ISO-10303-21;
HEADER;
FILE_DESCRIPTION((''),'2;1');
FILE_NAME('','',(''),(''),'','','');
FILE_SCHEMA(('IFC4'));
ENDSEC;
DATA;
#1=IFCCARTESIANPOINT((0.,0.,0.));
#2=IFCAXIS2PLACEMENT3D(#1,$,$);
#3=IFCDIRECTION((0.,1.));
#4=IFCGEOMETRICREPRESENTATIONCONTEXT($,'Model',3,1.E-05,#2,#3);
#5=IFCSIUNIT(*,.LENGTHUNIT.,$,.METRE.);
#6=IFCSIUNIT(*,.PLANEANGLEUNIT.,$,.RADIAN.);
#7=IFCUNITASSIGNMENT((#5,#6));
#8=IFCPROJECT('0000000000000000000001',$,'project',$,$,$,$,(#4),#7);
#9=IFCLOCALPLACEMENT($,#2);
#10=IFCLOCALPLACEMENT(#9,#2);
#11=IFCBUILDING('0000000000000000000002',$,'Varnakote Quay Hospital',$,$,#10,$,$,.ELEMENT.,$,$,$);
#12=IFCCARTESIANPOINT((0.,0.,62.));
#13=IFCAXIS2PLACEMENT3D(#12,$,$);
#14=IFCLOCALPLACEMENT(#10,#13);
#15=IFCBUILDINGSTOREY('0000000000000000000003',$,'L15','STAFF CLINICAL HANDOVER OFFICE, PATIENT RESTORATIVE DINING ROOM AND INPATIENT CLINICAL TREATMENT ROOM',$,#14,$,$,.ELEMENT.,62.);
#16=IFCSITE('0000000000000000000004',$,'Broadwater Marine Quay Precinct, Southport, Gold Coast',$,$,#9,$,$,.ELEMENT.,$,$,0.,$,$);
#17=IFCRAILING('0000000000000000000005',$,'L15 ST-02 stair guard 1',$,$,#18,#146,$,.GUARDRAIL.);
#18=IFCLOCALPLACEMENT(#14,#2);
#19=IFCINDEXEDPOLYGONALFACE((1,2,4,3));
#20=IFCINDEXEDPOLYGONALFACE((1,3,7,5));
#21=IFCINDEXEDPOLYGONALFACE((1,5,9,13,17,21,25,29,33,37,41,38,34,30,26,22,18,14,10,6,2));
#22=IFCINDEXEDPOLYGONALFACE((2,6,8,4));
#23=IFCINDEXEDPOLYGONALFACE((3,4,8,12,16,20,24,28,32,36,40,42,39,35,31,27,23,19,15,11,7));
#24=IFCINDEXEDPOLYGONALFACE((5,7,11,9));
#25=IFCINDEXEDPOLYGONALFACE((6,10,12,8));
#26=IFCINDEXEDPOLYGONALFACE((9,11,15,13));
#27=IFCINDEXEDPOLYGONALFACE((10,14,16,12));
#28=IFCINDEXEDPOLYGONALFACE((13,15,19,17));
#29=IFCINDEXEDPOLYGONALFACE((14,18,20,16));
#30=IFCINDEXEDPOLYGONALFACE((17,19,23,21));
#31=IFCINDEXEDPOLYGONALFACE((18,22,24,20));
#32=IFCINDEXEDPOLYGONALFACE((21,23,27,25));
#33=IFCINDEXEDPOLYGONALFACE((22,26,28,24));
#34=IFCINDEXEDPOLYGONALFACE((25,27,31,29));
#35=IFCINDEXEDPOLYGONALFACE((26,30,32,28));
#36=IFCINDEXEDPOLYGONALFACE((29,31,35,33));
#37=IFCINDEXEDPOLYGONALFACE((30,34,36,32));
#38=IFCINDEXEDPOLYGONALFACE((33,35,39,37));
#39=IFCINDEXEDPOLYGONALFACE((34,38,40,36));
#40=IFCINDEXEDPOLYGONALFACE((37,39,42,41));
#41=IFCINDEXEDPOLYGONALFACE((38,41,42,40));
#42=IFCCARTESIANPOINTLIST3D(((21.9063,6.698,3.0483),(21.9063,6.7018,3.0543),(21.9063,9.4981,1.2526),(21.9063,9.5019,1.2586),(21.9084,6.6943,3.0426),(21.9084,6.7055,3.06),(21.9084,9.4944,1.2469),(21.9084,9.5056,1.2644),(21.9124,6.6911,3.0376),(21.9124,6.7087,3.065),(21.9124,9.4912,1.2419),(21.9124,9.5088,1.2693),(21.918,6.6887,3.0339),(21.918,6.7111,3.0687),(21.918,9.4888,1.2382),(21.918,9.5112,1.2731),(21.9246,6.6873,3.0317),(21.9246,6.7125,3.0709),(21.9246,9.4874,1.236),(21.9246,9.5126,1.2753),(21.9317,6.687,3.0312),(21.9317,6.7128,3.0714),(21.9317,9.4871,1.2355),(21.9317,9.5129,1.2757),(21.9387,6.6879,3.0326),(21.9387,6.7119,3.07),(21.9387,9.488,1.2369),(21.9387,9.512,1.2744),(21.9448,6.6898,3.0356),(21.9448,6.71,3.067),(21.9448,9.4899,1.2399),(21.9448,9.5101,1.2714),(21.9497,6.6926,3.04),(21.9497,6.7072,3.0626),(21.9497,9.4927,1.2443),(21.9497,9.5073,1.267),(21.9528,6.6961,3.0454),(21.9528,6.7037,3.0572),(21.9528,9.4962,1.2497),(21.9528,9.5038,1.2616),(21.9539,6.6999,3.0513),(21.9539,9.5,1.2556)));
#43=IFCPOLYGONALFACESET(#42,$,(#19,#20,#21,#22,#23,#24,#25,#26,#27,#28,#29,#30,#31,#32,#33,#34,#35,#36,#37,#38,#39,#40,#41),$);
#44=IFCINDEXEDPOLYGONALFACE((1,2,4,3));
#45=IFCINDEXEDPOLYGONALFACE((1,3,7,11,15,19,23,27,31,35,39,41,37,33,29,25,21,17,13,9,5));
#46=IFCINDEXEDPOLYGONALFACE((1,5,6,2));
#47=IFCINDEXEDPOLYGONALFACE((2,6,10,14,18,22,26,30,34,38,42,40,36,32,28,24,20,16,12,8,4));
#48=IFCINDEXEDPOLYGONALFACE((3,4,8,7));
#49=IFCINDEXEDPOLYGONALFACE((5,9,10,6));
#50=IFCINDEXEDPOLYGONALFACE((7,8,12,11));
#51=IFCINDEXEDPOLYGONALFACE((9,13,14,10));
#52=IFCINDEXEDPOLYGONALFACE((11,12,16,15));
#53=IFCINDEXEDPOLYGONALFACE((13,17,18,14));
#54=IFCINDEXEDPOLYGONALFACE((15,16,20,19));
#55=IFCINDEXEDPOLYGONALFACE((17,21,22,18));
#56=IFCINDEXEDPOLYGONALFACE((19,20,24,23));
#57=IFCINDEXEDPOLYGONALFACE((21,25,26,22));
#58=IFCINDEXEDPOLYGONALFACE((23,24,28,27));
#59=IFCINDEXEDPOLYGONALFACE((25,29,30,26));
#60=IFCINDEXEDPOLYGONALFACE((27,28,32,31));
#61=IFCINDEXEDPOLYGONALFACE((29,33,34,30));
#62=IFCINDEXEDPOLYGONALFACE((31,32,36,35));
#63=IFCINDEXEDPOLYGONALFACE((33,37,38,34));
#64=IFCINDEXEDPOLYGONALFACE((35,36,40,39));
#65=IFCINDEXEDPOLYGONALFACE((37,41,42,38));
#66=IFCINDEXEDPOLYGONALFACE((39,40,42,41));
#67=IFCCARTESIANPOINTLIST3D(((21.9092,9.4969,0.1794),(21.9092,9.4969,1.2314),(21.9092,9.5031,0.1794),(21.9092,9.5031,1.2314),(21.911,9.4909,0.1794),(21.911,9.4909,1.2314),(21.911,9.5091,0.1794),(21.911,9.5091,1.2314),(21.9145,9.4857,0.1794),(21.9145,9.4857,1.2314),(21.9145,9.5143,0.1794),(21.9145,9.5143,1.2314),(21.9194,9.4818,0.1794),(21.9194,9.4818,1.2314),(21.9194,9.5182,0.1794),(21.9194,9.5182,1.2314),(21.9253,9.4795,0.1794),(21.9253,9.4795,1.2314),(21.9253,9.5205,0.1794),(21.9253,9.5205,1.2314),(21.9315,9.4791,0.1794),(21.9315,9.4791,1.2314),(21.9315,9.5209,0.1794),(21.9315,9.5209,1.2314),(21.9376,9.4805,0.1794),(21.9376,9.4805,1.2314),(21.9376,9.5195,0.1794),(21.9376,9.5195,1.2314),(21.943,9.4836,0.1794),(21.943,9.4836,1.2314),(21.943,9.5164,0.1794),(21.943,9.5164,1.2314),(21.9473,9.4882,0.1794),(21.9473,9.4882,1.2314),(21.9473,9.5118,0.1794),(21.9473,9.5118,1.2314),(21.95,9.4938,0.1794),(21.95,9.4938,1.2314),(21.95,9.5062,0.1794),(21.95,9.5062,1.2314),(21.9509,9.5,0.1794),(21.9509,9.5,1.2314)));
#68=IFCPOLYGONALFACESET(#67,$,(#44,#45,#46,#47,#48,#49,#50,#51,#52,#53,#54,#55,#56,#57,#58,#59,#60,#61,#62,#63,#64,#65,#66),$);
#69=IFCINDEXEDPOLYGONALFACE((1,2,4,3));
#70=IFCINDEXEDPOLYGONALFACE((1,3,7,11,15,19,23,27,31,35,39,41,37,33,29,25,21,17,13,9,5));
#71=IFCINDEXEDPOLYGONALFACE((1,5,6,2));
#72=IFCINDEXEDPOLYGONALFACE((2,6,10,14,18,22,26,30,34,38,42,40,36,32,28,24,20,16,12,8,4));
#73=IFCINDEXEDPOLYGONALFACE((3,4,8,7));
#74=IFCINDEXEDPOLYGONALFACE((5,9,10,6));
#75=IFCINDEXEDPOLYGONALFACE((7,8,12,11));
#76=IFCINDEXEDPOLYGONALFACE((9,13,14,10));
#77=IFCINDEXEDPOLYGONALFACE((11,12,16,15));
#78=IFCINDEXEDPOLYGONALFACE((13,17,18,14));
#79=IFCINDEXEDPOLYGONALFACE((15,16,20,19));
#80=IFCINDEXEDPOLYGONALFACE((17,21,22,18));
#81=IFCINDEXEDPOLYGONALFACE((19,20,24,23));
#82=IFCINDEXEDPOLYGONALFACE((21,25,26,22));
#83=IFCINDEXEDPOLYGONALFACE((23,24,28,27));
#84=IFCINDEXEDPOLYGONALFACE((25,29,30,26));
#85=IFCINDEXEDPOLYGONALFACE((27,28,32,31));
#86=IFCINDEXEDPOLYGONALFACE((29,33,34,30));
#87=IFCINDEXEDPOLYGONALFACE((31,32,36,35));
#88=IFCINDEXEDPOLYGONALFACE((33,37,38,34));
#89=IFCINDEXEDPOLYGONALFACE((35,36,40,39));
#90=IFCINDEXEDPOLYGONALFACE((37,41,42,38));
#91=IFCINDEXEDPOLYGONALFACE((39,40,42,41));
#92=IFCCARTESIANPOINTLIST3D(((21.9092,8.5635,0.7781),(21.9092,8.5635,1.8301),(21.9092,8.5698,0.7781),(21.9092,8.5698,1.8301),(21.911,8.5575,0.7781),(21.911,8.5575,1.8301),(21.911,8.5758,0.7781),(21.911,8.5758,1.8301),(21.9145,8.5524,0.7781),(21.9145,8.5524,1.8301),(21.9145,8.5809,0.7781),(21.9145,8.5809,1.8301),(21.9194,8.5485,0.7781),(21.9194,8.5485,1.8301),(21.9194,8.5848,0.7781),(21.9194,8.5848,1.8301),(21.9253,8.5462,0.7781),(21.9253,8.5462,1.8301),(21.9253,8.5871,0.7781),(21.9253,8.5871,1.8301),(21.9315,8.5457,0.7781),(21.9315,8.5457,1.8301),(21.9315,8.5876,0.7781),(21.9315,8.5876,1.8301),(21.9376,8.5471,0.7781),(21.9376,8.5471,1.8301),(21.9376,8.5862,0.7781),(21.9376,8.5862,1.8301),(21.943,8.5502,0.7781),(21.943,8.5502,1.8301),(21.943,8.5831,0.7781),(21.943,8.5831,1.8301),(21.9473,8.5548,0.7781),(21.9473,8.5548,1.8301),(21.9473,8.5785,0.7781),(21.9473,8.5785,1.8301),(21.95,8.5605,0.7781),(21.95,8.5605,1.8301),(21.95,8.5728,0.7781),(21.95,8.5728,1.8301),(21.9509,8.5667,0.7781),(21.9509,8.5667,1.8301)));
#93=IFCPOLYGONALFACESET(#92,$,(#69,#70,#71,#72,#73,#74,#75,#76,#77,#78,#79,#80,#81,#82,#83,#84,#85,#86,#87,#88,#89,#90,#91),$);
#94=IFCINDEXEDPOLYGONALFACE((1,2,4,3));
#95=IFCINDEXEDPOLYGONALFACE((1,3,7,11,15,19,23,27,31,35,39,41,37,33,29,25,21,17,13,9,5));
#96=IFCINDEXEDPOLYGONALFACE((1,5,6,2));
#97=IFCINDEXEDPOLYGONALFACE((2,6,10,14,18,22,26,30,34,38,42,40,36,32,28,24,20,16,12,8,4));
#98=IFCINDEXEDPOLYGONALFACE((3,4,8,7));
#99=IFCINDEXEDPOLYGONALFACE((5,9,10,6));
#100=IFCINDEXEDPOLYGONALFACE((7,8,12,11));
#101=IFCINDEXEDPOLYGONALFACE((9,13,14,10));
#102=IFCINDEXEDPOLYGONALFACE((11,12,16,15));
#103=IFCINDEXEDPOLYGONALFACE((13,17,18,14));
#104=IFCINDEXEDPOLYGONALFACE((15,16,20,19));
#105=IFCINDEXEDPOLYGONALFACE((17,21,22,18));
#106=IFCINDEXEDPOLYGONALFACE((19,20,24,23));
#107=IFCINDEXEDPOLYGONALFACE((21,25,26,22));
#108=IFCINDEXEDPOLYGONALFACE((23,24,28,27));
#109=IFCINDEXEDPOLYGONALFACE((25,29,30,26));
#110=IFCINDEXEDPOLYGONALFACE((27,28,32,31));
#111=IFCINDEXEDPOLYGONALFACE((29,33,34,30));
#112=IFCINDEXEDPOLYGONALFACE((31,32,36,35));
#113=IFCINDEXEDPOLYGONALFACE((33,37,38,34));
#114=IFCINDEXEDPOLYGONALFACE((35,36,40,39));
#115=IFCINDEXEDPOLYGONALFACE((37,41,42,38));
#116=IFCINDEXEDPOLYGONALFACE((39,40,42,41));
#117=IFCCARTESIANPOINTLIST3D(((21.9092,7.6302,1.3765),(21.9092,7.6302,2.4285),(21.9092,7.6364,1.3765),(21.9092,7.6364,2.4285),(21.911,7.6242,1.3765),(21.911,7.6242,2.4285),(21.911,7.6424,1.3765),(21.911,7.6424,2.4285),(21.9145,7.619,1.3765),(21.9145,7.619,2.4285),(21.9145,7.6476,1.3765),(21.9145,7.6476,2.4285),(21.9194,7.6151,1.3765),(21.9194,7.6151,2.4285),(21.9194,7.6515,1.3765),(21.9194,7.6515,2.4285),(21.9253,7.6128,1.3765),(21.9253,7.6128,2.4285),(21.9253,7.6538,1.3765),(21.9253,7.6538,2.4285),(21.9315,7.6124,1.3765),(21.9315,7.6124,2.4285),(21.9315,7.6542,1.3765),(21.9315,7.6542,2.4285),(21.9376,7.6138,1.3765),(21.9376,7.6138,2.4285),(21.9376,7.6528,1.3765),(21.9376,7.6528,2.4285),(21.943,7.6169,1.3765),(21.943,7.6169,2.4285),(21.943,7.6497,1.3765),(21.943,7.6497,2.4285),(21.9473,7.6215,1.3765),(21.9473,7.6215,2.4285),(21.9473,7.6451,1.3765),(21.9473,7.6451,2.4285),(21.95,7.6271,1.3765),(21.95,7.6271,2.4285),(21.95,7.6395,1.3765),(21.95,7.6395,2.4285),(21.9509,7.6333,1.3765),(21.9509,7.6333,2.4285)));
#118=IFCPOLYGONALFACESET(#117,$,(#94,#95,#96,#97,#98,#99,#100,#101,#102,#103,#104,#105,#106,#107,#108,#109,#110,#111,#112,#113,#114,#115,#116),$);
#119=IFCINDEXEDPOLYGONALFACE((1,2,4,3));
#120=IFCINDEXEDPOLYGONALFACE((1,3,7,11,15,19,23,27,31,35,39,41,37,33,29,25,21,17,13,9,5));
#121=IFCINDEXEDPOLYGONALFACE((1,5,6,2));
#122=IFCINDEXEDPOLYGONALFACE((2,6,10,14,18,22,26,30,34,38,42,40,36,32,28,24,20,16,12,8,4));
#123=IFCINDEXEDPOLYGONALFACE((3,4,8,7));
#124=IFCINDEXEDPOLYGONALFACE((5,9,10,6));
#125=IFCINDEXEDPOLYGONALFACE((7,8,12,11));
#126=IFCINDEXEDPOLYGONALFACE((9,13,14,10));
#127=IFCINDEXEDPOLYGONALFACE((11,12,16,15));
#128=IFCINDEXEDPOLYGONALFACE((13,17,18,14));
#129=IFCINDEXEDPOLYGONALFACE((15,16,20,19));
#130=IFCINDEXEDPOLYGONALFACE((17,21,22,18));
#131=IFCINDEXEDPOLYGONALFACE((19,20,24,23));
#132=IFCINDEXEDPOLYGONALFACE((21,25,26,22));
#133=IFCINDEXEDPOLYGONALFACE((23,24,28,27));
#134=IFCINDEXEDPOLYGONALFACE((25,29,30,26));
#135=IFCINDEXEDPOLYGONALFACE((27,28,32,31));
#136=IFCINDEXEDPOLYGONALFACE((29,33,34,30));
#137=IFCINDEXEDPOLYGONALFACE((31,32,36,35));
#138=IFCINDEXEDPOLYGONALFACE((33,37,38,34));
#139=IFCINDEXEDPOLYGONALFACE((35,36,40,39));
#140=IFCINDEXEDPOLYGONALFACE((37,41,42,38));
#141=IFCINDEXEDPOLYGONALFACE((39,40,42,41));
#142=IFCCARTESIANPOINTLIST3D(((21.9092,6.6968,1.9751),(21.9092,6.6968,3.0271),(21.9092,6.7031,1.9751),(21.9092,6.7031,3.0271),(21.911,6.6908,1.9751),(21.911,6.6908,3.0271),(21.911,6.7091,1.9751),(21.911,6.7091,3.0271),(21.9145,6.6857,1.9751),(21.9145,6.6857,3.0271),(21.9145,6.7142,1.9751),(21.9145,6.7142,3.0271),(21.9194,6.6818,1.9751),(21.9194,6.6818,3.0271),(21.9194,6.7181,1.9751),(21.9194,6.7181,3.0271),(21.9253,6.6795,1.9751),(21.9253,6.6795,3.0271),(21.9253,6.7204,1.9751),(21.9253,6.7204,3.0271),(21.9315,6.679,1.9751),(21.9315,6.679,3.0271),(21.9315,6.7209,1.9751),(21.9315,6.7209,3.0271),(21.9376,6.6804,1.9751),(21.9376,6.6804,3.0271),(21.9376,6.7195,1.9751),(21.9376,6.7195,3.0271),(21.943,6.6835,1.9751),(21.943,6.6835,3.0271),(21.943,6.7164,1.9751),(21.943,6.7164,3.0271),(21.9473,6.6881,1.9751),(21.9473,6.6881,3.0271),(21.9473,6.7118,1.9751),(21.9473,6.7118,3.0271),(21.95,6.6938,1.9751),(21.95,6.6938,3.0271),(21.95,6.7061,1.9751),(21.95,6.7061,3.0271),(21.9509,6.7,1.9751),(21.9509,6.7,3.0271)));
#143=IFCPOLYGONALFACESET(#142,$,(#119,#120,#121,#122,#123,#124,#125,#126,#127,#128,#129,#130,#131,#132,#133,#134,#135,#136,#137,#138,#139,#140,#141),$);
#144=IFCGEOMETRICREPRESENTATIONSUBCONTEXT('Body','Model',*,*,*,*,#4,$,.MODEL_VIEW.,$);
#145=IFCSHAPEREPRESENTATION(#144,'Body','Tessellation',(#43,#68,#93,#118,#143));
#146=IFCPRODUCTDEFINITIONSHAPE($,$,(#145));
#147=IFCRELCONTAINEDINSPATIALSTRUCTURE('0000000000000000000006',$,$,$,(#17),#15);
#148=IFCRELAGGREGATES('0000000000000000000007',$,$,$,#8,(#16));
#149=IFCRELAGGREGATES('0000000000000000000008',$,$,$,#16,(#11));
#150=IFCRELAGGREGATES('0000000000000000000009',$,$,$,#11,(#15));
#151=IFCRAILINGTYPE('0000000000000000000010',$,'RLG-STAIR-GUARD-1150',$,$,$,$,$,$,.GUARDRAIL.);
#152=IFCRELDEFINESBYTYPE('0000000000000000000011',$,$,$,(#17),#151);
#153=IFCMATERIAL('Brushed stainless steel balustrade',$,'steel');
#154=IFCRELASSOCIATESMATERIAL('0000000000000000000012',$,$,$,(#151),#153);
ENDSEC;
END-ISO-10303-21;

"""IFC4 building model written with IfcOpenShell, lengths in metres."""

from ifc_helpers import new_model, si_unit, direction, frame, origin, origin_2d, place, context, subcontext, project, spatial, circle, extrude, material, type_object, element, save


model = new_model("IFC4")

# Units and contexts
model_context = context("Model", 3, precision=1e-05, world=origin(), true_north=direction((0.0, 1.0)))
body_context = subcontext(model_context, "Body", "Model", "MODEL_VIEW")
ifc_project = project(units=[si_unit("LENGTHUNIT", "METRE"), si_unit("PLANEANGLEUNIT", "RADIAN")], contexts=[model_context])

# Site, building, storey
site_placement = place(None, origin())
site = spatial("IfcSite", under=ifc_project, at=site_placement, Name="Broadwater Marine Quay Precinct, Southport, Gold Coast", CompositionType="ELEMENT", RefElevation=0.0)
building_placement = place(site_placement, origin())
building = spatial("IfcBuilding", under=site, at=building_placement, Name="Varnakote Quay Hospital", CompositionType="ELEMENT")
storey_placement = place(building_placement, frame((0.0, 0.0, 62.0)))
storey = spatial("IfcBuildingStorey", under=building, at=storey_placement, Name="L15", Description="STAFF CLINICAL HANDOVER OFFICE, PATIENT RESTORATIVE DINING ROOM AND INPATIENT CLINICAL TREATMENT ROOM", CompositionType="ELEMENT", Elevation=62.0)

# Railing
ifc_material_1 = material(Name="Brushed stainless steel balustrade", Category="steel")
railing_type_1 = type_object("IfcRailingType", Name="RLG-STAIR-GUARD-1150", PredefinedType="GUARDRAIL", material=ifc_material_1)
railing_1_placement = place(storey_placement, frame((21.9299, 9.5, 0.1794)))
element("IfcRailing", 1, at=railing_1_placement, inside=storey, type_object=railing_type_1, Name="L15 ST-02 stair guard 1", PredefinedType="GUARDRAIL", context=body_context, shape_type="SweptSolid", body=[
    extrude(circle(Radius=0.0239, at=origin_2d()), frame((0.0, 0.0, 1.0762), z_axis=(0.0, -0.841777, 0.539826), x_axis=(1.0, 0.0, 0.0)), (0.0, 0.0, 1.0), 3.3264),
    extrude(circle(Radius=0.021, at=origin_2d()), origin(), (0.0, 0.0, 1.0), 1.052),
    extrude(circle(Radius=0.021, at=origin_2d()), frame((0.0, -0.9333, 0.5986)), (0.0, 0.0, 1.0), 1.052),
    extrude(circle(Radius=0.021, at=origin_2d()), frame((0.0, -1.8667, 1.197)), (0.0, 0.0, 1.0), 1.052),
    extrude(circle(Radius=0.021, at=origin_2d()), frame((0.0, -2.8, 1.7957)), (0.0, 0.0, 1.0), 1.052),
])

save(model, "model.ifc")
